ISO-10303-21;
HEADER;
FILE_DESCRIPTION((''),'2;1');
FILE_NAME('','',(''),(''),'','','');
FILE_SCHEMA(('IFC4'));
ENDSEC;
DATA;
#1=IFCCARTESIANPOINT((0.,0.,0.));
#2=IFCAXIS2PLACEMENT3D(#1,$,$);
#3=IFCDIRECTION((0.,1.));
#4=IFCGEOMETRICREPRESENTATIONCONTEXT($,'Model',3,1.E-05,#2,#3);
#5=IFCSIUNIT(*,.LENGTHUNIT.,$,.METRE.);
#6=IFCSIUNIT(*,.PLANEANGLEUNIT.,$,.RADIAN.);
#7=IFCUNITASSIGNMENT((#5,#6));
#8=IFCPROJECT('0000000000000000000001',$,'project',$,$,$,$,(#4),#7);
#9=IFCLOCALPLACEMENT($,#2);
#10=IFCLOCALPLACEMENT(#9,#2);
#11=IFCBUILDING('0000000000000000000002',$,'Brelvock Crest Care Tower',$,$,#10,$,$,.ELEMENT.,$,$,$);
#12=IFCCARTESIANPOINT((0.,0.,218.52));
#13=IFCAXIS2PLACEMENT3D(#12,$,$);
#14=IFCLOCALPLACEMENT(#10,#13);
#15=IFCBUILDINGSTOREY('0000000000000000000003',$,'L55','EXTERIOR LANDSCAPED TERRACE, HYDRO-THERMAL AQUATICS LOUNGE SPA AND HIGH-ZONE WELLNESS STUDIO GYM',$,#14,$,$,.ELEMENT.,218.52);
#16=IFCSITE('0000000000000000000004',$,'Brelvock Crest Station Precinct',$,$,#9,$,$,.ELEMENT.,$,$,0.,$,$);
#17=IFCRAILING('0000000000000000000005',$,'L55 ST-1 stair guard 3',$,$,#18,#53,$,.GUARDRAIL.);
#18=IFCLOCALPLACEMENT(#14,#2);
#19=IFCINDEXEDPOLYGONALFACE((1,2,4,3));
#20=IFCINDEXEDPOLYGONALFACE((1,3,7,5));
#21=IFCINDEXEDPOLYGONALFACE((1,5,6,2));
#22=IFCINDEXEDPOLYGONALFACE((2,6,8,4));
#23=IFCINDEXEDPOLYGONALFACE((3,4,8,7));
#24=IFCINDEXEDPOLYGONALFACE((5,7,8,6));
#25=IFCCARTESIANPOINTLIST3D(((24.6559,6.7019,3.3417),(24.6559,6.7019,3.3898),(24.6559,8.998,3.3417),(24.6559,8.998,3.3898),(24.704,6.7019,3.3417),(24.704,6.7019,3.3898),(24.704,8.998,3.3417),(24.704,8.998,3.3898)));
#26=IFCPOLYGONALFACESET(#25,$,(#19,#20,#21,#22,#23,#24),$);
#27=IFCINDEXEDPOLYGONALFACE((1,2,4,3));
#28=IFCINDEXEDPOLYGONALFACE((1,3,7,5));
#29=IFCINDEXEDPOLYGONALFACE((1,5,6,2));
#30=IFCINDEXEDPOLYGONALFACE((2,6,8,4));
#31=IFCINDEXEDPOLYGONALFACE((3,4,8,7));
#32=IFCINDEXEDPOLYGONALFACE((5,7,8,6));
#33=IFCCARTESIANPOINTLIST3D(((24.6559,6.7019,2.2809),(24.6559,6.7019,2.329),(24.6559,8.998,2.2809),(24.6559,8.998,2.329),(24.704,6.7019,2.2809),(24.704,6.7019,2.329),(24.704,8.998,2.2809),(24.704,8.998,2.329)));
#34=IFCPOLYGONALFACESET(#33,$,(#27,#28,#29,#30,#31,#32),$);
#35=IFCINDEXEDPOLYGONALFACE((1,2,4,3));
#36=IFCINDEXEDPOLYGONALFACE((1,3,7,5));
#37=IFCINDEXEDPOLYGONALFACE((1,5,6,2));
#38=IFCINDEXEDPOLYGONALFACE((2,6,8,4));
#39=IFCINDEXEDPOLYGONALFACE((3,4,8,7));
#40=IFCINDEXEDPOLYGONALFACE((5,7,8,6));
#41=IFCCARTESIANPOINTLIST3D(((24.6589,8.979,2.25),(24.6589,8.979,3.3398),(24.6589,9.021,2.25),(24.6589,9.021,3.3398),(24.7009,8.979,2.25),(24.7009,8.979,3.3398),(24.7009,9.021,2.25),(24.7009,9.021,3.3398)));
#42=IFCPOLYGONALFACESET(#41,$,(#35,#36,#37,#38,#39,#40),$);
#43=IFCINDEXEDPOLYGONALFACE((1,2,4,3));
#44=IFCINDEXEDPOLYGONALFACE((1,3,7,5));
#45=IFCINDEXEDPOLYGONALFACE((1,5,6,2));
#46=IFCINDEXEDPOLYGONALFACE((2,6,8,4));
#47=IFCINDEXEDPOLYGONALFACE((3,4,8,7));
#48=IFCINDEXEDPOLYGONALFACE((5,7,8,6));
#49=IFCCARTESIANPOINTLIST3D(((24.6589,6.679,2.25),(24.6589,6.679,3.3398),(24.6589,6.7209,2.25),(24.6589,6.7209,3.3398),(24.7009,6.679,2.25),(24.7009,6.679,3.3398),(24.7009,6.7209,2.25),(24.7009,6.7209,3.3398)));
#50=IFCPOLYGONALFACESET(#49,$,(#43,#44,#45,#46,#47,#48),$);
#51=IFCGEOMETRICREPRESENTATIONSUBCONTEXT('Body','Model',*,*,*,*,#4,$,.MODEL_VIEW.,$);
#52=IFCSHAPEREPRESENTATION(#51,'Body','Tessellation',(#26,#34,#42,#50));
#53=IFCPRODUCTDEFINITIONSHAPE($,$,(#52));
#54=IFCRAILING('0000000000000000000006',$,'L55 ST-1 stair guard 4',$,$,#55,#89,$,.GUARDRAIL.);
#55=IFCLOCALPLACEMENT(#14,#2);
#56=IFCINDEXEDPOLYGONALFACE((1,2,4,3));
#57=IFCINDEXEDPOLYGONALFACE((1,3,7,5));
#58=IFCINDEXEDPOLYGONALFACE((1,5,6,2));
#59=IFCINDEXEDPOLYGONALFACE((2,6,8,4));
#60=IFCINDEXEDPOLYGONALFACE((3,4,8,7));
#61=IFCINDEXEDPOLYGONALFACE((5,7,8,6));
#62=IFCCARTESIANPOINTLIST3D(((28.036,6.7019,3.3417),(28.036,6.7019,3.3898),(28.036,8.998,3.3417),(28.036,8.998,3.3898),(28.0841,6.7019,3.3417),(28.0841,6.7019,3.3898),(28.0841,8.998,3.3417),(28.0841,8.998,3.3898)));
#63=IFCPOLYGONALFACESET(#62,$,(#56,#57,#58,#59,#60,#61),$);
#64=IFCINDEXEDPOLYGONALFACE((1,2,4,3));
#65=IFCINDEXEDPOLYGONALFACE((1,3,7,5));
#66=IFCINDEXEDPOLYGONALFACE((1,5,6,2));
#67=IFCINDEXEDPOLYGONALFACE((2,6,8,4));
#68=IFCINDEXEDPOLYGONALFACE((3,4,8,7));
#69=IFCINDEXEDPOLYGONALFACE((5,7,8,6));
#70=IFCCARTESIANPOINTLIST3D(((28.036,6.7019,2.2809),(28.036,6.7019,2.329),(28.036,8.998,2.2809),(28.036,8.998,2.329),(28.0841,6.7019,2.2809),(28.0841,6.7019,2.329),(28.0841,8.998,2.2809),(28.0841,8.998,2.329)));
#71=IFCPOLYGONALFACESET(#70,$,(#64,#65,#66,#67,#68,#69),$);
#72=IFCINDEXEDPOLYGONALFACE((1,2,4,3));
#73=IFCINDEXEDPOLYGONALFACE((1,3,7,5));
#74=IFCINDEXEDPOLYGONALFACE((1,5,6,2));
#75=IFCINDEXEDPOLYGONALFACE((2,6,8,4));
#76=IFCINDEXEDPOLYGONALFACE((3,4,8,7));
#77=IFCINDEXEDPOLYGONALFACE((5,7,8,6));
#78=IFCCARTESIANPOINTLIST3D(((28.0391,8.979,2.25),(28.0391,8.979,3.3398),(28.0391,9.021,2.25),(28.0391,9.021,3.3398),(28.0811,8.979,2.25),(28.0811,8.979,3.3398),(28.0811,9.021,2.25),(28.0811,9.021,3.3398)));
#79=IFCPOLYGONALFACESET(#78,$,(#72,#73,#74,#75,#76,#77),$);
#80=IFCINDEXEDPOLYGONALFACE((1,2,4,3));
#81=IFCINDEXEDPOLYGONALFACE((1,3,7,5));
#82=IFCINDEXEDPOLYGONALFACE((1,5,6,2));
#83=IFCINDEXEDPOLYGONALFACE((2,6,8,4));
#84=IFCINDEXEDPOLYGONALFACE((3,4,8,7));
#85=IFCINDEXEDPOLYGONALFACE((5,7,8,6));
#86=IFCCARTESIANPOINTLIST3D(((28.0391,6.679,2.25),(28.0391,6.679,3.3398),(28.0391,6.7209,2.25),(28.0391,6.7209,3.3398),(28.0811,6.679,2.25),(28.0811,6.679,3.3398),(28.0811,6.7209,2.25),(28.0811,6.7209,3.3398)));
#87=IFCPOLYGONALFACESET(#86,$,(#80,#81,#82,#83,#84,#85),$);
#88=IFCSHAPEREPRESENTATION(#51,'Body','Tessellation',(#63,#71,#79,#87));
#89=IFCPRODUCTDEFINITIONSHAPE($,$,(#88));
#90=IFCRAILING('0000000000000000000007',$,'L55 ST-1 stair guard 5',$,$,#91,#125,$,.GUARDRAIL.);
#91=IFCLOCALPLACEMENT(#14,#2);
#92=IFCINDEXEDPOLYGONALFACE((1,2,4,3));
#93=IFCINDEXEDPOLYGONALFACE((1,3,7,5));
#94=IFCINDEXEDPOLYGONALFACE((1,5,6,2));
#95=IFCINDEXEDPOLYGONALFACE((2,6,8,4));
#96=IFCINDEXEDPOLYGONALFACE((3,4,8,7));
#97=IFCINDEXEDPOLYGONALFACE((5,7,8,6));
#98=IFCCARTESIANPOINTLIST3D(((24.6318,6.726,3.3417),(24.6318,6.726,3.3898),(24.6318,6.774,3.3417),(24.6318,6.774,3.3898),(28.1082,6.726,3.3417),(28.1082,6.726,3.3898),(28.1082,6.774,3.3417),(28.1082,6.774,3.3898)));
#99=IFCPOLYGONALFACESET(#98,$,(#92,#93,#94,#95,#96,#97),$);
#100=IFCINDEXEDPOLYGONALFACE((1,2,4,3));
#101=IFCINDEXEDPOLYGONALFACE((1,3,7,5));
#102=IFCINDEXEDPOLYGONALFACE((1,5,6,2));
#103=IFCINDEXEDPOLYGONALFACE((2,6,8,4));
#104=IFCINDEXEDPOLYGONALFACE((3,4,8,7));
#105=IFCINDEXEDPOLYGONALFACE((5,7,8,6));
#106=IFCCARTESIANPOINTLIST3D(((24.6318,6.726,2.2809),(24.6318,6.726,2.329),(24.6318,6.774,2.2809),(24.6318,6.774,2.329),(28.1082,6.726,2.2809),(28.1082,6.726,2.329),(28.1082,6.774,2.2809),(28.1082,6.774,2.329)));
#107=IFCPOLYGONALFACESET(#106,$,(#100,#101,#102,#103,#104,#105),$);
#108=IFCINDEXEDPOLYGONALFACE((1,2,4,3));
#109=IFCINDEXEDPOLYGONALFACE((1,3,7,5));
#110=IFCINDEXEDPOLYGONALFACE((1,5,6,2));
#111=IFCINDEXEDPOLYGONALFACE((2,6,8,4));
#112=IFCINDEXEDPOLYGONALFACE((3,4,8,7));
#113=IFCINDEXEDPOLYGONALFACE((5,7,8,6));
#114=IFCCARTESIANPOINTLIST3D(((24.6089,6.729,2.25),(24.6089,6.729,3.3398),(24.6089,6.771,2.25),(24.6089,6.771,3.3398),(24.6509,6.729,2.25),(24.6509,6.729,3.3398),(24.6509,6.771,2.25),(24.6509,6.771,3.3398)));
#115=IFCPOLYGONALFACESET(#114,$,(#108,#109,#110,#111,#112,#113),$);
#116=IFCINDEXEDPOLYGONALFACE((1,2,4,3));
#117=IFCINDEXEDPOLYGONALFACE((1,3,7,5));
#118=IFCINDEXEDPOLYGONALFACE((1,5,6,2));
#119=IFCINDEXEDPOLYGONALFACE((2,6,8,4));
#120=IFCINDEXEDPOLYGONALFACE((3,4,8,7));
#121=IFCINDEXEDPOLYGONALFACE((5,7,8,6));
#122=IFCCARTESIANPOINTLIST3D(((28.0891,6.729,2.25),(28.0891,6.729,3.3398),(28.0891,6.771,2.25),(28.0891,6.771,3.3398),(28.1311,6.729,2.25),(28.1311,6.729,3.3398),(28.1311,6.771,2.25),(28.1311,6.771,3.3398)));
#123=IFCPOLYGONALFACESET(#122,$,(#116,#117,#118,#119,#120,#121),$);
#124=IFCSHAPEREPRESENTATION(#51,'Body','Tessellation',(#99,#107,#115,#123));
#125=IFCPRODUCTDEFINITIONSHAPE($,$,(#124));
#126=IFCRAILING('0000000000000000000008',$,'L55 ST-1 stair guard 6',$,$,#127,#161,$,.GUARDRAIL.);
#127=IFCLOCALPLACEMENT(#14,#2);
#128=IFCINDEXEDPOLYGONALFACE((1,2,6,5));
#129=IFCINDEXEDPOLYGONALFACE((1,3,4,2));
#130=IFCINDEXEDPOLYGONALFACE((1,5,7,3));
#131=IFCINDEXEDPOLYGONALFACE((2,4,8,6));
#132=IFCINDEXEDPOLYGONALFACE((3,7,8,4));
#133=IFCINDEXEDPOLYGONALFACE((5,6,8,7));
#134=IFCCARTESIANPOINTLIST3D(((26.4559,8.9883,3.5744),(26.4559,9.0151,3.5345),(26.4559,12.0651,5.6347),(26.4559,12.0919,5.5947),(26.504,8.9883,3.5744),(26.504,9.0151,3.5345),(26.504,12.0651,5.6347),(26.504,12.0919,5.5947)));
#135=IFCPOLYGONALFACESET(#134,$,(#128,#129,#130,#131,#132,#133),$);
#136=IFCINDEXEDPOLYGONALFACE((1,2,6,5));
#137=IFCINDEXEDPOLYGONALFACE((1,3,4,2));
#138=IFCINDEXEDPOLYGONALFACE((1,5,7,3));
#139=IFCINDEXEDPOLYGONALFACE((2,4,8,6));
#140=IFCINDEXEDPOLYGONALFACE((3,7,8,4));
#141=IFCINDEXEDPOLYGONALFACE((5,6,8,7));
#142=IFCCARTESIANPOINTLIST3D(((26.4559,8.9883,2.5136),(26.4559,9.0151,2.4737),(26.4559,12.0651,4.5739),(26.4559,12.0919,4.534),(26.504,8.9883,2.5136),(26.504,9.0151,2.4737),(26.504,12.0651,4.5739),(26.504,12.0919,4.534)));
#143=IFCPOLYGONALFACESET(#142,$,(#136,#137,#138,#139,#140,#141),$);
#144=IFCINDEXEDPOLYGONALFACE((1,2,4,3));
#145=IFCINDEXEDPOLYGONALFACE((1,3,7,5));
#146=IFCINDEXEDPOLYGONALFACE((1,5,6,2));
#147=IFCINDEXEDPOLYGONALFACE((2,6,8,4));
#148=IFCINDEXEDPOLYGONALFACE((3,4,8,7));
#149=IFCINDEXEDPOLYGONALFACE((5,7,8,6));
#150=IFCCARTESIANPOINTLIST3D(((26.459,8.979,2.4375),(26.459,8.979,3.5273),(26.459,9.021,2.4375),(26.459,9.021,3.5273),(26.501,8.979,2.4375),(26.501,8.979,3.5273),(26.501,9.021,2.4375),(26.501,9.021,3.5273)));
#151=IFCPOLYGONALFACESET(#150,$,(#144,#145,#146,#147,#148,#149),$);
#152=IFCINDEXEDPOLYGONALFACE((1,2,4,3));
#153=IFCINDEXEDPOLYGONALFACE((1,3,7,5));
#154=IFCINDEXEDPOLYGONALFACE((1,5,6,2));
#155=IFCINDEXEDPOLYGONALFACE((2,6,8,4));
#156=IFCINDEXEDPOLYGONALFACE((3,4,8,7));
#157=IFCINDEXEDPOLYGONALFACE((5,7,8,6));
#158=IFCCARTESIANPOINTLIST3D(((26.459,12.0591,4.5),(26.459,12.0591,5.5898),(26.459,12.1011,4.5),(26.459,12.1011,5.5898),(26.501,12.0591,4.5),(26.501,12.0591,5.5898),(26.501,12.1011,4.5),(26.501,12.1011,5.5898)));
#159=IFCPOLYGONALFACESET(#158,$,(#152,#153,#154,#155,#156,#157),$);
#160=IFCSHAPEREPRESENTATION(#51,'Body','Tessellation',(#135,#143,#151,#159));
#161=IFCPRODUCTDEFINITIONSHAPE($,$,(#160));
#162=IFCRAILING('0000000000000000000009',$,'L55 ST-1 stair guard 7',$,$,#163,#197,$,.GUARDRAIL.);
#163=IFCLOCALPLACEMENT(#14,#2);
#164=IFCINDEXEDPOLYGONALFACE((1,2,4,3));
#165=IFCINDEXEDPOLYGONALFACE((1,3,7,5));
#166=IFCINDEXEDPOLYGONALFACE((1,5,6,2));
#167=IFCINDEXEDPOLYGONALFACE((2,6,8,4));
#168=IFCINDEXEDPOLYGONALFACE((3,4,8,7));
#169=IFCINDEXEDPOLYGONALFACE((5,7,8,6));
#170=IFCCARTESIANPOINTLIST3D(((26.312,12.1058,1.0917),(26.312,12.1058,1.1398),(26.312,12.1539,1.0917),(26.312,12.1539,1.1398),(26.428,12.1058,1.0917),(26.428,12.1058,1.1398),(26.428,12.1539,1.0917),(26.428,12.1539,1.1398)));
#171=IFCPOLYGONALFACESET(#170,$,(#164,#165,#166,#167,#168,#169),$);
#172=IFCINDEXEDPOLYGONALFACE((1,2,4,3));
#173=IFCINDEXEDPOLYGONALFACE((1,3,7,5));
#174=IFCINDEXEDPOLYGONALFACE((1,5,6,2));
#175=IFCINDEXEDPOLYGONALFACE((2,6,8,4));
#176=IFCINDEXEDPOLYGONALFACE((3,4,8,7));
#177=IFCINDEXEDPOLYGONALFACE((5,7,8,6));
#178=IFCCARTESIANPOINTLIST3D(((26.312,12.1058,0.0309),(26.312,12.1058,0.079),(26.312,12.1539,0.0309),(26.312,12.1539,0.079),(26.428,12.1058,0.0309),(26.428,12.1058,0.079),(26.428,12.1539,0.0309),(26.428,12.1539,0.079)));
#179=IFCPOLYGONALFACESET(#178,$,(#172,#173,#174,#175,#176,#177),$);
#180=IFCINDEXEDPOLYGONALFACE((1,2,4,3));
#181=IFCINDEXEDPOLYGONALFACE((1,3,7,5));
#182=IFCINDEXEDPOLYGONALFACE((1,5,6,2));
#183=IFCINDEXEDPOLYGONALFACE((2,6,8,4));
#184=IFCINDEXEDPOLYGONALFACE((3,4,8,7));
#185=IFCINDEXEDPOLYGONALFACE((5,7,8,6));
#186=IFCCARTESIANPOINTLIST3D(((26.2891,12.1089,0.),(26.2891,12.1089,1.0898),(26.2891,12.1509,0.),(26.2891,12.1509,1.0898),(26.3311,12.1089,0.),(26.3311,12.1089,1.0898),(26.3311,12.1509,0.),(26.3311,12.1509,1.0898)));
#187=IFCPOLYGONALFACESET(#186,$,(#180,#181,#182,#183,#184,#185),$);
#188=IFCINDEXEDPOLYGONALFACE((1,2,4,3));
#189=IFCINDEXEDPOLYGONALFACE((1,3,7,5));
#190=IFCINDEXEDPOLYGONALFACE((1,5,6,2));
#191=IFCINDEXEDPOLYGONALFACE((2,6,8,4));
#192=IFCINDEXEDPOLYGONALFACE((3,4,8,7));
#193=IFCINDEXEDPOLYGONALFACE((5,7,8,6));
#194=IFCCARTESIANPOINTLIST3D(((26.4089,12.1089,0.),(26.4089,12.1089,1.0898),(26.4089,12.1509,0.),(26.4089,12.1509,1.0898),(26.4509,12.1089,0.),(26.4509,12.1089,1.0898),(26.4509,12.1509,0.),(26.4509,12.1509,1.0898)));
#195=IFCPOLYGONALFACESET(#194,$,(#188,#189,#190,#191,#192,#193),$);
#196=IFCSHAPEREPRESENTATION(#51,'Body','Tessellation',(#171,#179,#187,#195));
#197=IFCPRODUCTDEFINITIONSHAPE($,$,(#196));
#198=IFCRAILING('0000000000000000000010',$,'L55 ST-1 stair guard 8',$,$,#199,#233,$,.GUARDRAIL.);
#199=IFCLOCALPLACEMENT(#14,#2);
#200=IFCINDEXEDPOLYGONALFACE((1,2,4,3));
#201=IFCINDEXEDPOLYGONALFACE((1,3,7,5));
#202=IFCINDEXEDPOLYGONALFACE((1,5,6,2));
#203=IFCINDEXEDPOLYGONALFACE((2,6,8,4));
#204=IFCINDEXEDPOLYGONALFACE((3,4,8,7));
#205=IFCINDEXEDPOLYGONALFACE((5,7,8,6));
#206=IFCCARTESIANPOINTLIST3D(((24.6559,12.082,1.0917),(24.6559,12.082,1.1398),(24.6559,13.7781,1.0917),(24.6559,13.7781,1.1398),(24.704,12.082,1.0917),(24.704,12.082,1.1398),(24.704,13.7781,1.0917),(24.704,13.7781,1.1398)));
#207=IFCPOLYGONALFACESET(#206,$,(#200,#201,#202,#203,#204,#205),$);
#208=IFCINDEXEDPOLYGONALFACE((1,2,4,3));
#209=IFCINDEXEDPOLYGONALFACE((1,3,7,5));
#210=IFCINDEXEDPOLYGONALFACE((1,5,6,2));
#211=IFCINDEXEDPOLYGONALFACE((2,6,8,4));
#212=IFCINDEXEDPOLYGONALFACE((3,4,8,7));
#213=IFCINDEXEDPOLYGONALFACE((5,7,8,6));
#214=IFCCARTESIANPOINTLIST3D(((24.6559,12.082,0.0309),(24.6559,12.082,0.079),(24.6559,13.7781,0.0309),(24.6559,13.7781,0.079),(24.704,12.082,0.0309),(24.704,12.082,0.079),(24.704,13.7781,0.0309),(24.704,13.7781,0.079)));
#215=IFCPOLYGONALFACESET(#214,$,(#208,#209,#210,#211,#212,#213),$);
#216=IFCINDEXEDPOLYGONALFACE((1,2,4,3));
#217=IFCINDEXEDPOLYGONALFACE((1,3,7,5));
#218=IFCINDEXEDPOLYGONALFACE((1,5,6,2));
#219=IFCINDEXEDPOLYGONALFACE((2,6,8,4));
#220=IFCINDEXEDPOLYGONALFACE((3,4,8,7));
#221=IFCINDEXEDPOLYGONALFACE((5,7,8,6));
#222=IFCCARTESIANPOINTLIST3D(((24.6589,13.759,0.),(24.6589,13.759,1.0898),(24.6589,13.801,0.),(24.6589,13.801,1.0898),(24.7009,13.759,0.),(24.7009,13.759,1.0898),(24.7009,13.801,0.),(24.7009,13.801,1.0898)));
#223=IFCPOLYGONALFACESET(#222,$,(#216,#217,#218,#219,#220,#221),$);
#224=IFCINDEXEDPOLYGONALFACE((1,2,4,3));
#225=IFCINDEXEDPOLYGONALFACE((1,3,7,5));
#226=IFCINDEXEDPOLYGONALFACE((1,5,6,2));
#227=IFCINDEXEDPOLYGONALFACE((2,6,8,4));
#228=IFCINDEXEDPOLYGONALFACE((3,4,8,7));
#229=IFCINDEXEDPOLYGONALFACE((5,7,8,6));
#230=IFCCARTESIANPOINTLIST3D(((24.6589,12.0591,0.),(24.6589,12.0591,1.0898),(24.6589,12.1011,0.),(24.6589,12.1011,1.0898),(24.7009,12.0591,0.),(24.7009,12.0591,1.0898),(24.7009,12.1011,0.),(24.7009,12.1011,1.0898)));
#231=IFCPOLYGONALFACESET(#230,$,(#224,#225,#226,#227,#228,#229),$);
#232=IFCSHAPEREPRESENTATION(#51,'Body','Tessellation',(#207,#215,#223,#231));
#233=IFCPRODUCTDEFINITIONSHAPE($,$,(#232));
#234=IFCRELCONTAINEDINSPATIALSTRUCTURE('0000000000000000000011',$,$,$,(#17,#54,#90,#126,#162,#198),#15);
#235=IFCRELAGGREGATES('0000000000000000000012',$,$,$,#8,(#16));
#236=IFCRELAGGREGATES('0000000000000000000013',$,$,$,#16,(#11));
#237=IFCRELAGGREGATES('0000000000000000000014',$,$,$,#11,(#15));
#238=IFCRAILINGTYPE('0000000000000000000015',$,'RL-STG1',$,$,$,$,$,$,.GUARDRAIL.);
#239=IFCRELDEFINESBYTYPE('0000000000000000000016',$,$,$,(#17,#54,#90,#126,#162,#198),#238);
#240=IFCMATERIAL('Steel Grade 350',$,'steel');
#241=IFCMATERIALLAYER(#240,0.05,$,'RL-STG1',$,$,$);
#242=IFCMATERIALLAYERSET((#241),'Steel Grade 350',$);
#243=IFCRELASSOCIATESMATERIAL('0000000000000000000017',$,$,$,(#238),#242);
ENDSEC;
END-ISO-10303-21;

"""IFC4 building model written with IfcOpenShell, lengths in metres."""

from ifc_helpers import new_model, si_unit, direction, frame, origin, origin_2d, place, context, subcontext, project, spatial, rectangle, extrude, material, layer, layer_set, type_object, element, save


model = new_model("IFC4")

# Units and contexts
model_context = context("Model", 3, precision=1e-05, world=origin(), true_north=direction((0.0, 1.0)))
body_context = subcontext(model_context, "Body", "Model", "MODEL_VIEW")
ifc_project = project(units=[si_unit("LENGTHUNIT", "METRE"), si_unit("PLANEANGLEUNIT", "RADIAN")], contexts=[model_context])

# Site, building, storey
site_placement = place(None, origin())
site = spatial("IfcSite", under=ifc_project, at=site_placement, Name="Brelvock Crest Station Precinct", CompositionType="ELEMENT", RefElevation=0.0)
building_placement = place(site_placement, origin())
building = spatial("IfcBuilding", under=site, at=building_placement, Name="Brelvock Crest Care Tower", CompositionType="ELEMENT")
storey_placement = place(building_placement, frame((0.0, 0.0, 218.52)))
storey = spatial("IfcBuildingStorey", under=building, at=storey_placement, Name="L55", Description="EXTERIOR LANDSCAPED TERRACE, HYDRO-THERMAL AQUATICS LOUNGE SPA AND HIGH-ZONE WELLNESS STUDIO GYM", CompositionType="ELEMENT", Elevation=218.52)

# Shared definitions
ifc_material_1 = material(Name="Steel Grade 350", Category="steel")

# Railings
ifc_layer_1 = layer(ifc_material_1, 0.05, Name="RL-STG1")
ifc_layer_set_1 = layer_set([ifc_layer_1], Name="Steel Grade 350")
railing_type_1 = type_object("IfcRailingType", Name="RL-STG1", PredefinedType="GUARDRAIL", material=ifc_layer_set_1)
for number, where, name in (
    (1, (24.6799, 9.0, 2.25), "L55 ST-1 stair guard 3"),
    (2, (28.0601, 9.0, 2.25), "L55 ST-1 stair guard 4"),
):
    element("IfcRailing", number, at=place(storey_placement, frame(where)), inside=storey, type_object=railing_type_1, Name=name, PredefinedType="GUARDRAIL", context=body_context, shape_type="SweptSolid", body=[
        extrude(rectangle(XDim=0.0481, YDim=0.0481, at=origin_2d()), frame((0.0, -0.002, 1.1157), z_axis=(0.0, -1.0, 0.0), x_axis=(1.0, 0.0, 0.0)), (0.0, 0.0, 1.0), 2.2961),
        extrude(rectangle(XDim=0.0481, YDim=0.0481, at=origin_2d()), frame((0.0, -0.002, 0.0549), z_axis=(0.0, -1.0, 0.0), x_axis=(1.0, 0.0, 0.0)), (0.0, 0.0, 1.0), 2.2961),
        extrude(rectangle(XDim=0.042, YDim=0.042, at=origin_2d()), origin(), (0.0, 0.0, 1.0), 1.0898),
        extrude(rectangle(XDim=0.042, YDim=0.042, at=origin_2d()), frame((0.0, -2.3, 0.0)), (0.0, 0.0, 1.0), 1.0898),
    ])
railing_1_placement = place(storey_placement, frame((24.6299, 6.75, 2.25)))
element("IfcRailing", 3, at=railing_1_placement, inside=storey, type_object=railing_type_1, Name="L55 ST-1 stair guard 5", PredefinedType="GUARDRAIL", context=body_context, shape_type="SweptSolid", body=[
    extrude(rectangle(XDim=0.0481, YDim=0.0481, at=origin_2d()), frame((0.002, 0.0, 1.1157), z_axis=(1.0, 0.0, 0.0), x_axis=(0.0, 1.0, 0.0)), (0.0, 0.0, 1.0), 3.4763),
    extrude(rectangle(XDim=0.0481, YDim=0.0481, at=origin_2d()), frame((0.002, 0.0, 0.0549), z_axis=(1.0, 0.0, 0.0), x_axis=(0.0, 1.0, 0.0)), (0.0, 0.0, 1.0), 3.4763),
    extrude(rectangle(XDim=0.042, YDim=0.042, at=origin_2d()), origin(), (0.0, 0.0, 1.0), 1.0898),
    extrude(rectangle(XDim=0.042, YDim=0.042, at=origin_2d()), frame((3.4802, 0.0, 0.0)), (0.0, 0.0, 1.0), 1.0898),
])
railing_2_placement = place(storey_placement, frame((26.48, 9.0, 2.4375)))
element("IfcRailing", 4, at=railing_2_placement, inside=storey, type_object=railing_type_1, Name="L55 ST-1 stair guard 6", PredefinedType="GUARDRAIL", context=body_context, shape_type="SweptSolid", body=[
    extrude(rectangle(XDim=0.0481, YDim=0.0481, at=origin_2d()), frame((0.0, 0.0017, 1.1169), z_axis=(0.0, 0.830914, 0.556401), x_axis=(-1.0, 0.0, 0.0)), (0.0, 0.0, 1.0), 3.7029),
    extrude(rectangle(XDim=0.0481, YDim=0.0481, at=origin_2d()), frame((0.0, 0.0017, 0.0562), z_axis=(0.0, 0.830914, 0.556401), x_axis=(-1.0, 0.0, 0.0)), (0.0, 0.0, 1.0), 3.7029),
    extrude(rectangle(XDim=0.042, YDim=0.042, at=origin_2d()), origin(), (0.0, 0.0, 1.0), 1.0898),
    extrude(rectangle(XDim=0.042, YDim=0.042, at=origin_2d()), frame((0.0, 3.0801, 2.0625)), (0.0, 0.0, 1.0), 1.0898),
])
railing_3_placement = place(storey_placement, frame((26.3101, 12.1299, 0.0)))
element("IfcRailing", 5, at=railing_3_placement, inside=storey, type_object=railing_type_1, Name="L55 ST-1 stair guard 7", PredefinedType="GUARDRAIL", context=body_context, shape_type="SweptSolid", body=[
    extrude(rectangle(XDim=0.0481, YDim=0.0481, at=origin_2d()), frame((0.002, 0.0, 1.1157), z_axis=(1.0, 0.0, 0.0), x_axis=(0.0, 1.0, 0.0)), (0.0, 0.0, 1.0), 0.116),
    extrude(rectangle(XDim=0.0481, YDim=0.0481, at=origin_2d()), frame((0.002, 0.0, 0.0549), z_axis=(1.0, 0.0, 0.0), x_axis=(0.0, 1.0, 0.0)), (0.0, 0.0, 1.0), 0.116),
    extrude(rectangle(XDim=0.042, YDim=0.042, at=origin_2d()), origin(), (0.0, 0.0, 1.0), 1.0898),
    extrude(rectangle(XDim=0.042, YDim=0.042, at=origin_2d()), frame((0.1199, 0.0, 0.0)), (0.0, 0.0, 1.0), 1.0898),
])
for number, where, name in (
    (6, (24.6799, 13.78, 0.0), "L55 ST-1 stair guard 8"),
):
    element("IfcRailing", number, at=place(storey_placement, frame(where)), inside=storey, type_object=railing_type_1, Name=name, PredefinedType="GUARDRAIL", context=body_context, shape_type="SweptSolid", body=[
        extrude(rectangle(XDim=0.0481, YDim=0.0481, at=origin_2d()), frame((0.0, -0.002, 1.1157), z_axis=(0.0, -1.0, 0.0), x_axis=(1.0, 0.0, 0.0)), (0.0, 0.0, 1.0), 1.696),
        extrude(rectangle(XDim=0.0481, YDim=0.0481, at=origin_2d()), frame((0.0, -0.002, 0.0549), z_axis=(0.0, -1.0, 0.0), x_axis=(1.0, 0.0, 0.0)), (0.0, 0.0, 1.0), 1.696),
        extrude(rectangle(XDim=0.042, YDim=0.042, at=origin_2d()), origin(), (0.0, 0.0, 1.0), 1.0898),
        extrude(rectangle(XDim=0.042, YDim=0.042, at=origin_2d()), frame((0.0, -1.7, 0.0)), (0.0, 0.0, 1.0), 1.0898),
    ])

save(model, "model.ifc")
